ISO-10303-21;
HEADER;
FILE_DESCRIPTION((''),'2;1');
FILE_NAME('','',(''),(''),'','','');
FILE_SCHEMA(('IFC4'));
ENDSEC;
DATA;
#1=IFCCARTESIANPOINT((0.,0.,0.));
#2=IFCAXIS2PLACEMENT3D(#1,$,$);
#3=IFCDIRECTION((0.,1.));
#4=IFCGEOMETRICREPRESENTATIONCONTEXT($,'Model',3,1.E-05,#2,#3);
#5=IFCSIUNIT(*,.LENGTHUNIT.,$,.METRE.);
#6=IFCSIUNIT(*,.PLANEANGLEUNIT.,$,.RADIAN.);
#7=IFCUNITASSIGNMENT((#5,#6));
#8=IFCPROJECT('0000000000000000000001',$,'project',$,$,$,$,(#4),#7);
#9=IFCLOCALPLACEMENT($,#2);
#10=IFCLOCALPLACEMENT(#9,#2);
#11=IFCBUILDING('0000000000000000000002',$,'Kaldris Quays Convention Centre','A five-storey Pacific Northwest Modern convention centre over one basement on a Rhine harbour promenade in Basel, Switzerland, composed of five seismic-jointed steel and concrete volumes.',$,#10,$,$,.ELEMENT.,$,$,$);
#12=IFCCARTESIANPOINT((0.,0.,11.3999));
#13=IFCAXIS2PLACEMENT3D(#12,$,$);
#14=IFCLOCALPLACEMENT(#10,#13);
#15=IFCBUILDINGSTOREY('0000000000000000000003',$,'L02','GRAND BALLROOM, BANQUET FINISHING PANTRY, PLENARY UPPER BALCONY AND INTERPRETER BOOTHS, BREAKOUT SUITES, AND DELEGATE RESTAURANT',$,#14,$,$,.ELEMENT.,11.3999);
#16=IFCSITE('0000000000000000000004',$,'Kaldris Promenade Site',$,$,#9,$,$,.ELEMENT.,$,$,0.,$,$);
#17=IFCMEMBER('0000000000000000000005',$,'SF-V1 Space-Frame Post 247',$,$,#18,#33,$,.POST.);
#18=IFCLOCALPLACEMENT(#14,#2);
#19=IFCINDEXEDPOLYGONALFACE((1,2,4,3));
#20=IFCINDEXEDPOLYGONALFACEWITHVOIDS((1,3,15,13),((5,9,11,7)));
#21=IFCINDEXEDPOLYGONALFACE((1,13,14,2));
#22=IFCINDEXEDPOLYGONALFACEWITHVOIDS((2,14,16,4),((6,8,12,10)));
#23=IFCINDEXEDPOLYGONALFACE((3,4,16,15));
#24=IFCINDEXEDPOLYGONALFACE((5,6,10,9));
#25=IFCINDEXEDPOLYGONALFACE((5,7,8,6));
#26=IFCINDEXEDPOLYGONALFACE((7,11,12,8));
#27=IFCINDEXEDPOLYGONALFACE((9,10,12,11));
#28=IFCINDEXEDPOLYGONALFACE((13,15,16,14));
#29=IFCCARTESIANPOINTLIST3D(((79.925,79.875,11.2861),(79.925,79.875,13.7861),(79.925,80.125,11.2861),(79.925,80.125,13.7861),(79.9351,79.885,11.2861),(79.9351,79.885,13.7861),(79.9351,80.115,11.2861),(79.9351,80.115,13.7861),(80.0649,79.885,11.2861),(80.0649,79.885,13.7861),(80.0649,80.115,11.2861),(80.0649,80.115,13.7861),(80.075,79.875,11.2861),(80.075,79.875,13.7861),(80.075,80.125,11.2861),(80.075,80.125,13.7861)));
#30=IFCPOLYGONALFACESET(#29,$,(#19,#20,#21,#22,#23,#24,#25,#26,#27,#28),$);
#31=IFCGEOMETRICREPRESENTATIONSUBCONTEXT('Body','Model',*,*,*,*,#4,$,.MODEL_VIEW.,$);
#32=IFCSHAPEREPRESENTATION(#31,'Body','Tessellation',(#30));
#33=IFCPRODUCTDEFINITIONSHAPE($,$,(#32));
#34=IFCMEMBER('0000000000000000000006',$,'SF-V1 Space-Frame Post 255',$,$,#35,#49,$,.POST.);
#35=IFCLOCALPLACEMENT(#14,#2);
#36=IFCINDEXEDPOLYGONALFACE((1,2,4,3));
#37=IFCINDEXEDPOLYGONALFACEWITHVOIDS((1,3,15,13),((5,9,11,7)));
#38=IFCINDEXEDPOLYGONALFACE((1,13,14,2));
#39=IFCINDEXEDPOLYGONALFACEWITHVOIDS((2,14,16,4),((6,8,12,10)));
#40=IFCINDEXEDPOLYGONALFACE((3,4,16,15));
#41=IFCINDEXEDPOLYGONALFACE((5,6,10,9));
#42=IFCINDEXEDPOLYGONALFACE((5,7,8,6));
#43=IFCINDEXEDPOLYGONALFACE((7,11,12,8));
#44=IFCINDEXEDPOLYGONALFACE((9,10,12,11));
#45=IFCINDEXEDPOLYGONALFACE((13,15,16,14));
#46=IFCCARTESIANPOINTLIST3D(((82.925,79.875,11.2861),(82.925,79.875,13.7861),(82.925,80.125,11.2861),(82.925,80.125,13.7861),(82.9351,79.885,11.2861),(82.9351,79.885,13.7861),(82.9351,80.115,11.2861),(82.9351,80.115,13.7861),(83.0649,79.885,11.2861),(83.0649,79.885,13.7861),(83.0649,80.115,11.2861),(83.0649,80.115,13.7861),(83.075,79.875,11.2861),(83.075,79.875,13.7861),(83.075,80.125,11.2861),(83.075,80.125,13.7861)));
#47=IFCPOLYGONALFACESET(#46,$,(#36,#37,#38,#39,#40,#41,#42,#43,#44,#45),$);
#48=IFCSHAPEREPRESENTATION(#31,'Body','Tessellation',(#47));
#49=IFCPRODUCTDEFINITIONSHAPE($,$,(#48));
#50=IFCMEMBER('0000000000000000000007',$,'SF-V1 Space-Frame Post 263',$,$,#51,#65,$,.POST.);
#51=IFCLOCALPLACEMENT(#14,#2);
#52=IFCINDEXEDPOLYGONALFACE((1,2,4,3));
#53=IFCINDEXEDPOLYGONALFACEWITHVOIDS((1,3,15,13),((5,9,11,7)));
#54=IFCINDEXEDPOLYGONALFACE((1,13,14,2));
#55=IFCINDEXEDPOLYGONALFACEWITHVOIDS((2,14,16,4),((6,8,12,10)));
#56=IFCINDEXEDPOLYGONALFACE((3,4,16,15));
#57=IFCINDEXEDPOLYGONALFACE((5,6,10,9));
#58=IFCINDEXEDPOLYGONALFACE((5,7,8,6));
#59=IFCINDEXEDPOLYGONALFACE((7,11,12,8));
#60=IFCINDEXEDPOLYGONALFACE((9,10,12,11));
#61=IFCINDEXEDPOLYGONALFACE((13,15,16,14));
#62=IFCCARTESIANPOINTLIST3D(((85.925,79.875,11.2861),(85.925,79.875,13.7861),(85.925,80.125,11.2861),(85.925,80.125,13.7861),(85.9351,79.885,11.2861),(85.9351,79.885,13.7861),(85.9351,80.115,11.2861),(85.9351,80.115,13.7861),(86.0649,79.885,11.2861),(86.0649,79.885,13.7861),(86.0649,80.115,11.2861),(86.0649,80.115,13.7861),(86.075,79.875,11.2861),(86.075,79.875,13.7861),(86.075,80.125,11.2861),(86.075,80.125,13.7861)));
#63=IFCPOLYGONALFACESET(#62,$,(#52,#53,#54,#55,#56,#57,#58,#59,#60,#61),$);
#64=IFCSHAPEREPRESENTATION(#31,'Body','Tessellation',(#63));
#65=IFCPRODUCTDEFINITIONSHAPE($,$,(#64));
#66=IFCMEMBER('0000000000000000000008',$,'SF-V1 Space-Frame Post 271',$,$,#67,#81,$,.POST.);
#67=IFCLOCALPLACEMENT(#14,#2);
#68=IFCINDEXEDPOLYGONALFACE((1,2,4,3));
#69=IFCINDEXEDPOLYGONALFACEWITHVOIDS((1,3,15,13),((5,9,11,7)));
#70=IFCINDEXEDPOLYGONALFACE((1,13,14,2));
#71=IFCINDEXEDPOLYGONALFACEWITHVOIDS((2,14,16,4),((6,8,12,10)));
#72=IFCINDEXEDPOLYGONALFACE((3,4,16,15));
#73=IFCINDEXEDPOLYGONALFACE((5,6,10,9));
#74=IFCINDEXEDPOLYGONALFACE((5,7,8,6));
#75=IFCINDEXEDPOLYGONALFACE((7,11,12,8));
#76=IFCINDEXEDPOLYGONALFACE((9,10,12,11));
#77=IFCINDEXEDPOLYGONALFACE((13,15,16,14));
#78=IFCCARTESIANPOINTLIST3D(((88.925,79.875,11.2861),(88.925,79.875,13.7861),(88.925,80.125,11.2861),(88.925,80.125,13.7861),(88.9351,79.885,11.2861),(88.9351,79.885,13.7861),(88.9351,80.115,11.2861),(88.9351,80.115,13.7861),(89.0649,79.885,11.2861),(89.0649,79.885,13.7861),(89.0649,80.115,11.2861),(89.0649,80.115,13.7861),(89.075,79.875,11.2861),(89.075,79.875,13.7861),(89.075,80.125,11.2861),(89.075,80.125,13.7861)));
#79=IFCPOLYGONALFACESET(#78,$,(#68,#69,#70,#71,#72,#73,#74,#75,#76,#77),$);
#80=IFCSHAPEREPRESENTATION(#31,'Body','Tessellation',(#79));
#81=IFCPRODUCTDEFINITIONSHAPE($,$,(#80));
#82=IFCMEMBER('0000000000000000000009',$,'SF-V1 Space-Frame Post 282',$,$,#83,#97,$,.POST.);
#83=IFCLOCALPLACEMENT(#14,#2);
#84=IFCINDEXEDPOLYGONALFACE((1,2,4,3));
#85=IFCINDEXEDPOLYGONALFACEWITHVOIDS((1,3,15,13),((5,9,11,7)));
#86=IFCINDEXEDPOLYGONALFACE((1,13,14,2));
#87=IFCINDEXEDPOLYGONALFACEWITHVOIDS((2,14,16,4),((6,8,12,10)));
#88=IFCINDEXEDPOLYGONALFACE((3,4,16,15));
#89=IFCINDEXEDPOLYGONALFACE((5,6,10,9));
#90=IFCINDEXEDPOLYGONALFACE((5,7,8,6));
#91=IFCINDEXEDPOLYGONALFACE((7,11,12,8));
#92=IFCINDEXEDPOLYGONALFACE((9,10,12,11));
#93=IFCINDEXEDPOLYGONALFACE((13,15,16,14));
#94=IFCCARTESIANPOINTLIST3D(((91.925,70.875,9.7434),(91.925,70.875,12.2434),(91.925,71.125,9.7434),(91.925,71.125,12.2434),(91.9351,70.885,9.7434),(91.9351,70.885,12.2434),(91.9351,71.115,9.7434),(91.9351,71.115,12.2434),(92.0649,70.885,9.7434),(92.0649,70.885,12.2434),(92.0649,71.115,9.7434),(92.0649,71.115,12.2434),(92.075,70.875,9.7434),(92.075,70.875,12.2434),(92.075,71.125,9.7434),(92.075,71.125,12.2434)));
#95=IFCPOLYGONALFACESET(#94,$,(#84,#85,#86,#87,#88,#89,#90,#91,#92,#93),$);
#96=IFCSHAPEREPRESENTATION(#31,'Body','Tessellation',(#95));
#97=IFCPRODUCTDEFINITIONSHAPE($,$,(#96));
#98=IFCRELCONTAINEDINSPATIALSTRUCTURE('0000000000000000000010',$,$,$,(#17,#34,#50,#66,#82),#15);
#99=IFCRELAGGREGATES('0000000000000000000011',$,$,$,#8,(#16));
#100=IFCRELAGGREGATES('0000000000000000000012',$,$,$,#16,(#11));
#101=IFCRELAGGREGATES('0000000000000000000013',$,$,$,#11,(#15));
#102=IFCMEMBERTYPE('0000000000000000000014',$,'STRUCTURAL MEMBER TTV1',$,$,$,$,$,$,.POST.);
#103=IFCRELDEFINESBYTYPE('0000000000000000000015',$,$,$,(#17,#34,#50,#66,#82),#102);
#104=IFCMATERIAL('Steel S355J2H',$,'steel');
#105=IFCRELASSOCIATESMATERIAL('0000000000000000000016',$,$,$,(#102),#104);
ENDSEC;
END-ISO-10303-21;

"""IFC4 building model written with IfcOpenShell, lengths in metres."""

from ifc_helpers import new_model, si_unit, direction, frame, origin, origin_2d, place, context, subcontext, project, spatial, hollow_rectangle, extrude, material, material_profile, profile_set, type_object, element, save


model = new_model("IFC4")

# Units and contexts
model_context = context("Model", 3, precision=1e-05, world=origin(), true_north=direction((0.0, 1.0)))
body_context = subcontext(model_context, "Body", "Model", "MODEL_VIEW")
ifc_project = project(units=[si_unit("LENGTHUNIT", "METRE"), si_unit("PLANEANGLEUNIT", "RADIAN")], contexts=[model_context])

# Site, building, storey
site_placement = place(None, origin())
site = spatial("IfcSite", under=ifc_project, at=site_placement, Name="Kaldris Promenade Site", CompositionType="ELEMENT", RefElevation=0.0)
building_placement = place(site_placement, origin())
building = spatial("IfcBuilding", under=site, at=building_placement, Name="Kaldris Quays Convention Centre", Description="A five-storey Pacific Northwest Modern convention centre over one basement on a Rhine harbour promenade in Basel, Switzerland, composed of five seismic-jointed steel and concrete volumes.", CompositionType="ELEMENT")
storey_placement = place(building_placement, frame((0.0, 0.0, 11.3999)))
storey = spatial("IfcBuildingStorey", under=building, at=storey_placement, Name="L02", Description="GRAND BALLROOM, BANQUET FINISHING PANTRY, PLENARY UPPER BALCONY AND INTERPRETER BOOTHS, BREAKOUT SUITES, AND DELEGATE RESTAURANT", CompositionType="ELEMENT", Elevation=11.3999)

# Members
ifc_material = material(Name="Steel S355J2H", Category="steel")
ifc_material_profile_1 = material_profile(ifc_material, hollow_rectangle(XDim=0.1499, YDim=0.25, WallThickness=0.01, at=origin_2d()), Name="RHS 250x150x10")
ifc_profile_set_1 = profile_set([ifc_material_profile_1], Name="Steel S355J2H")
member_type_1 = type_object("IfcMemberType", Name="STRUCTURAL MEMBER TTV1", PredefinedType="POST", material=ifc_profile_set_1)
for number, where, z_axis, x_axis, name in (
    (1, (80.0, 80.0, 11.2861), (0.0, 0.0, 1.0), (1.0, 0.0, 0.0), "SF-V1 Space-Frame Post 247"),
    (2, (83.0, 80.0, 11.2861), (0.0, 0.0, 1.0), (1.0, 0.0, 0.0), "SF-V1 Space-Frame Post 255"),
    (3, (86.0, 80.0, 11.2861), (0.0, 0.0, 1.0), (1.0, 0.0, 0.0), "SF-V1 Space-Frame Post 263"),
    (4, (89.0, 80.0, 11.2861), (0.0, 0.0, 1.0), (1.0, 0.0, 0.0), "SF-V1 Space-Frame Post 271"),
    (5, (92.0, 71.0, 9.7434), (0.0, 0.0, 1.0), (1.0, 0.0, 0.0), "SF-V1 Space-Frame Post 282"),
):
    element("IfcMember", number, at=place(storey_placement, frame(where, z_axis=z_axis, x_axis=x_axis)), inside=storey, type_object=member_type_1, Name=name, PredefinedType="POST", context=body_context, shape_type="SweptSolid", body=[
        extrude(hollow_rectangle(XDim=0.1499, YDim=0.25, WallThickness=0.01, at=origin_2d()), origin(), (0.0, 0.0, 1.0), 2.5),
    ])

save(model, "model.ifc")
